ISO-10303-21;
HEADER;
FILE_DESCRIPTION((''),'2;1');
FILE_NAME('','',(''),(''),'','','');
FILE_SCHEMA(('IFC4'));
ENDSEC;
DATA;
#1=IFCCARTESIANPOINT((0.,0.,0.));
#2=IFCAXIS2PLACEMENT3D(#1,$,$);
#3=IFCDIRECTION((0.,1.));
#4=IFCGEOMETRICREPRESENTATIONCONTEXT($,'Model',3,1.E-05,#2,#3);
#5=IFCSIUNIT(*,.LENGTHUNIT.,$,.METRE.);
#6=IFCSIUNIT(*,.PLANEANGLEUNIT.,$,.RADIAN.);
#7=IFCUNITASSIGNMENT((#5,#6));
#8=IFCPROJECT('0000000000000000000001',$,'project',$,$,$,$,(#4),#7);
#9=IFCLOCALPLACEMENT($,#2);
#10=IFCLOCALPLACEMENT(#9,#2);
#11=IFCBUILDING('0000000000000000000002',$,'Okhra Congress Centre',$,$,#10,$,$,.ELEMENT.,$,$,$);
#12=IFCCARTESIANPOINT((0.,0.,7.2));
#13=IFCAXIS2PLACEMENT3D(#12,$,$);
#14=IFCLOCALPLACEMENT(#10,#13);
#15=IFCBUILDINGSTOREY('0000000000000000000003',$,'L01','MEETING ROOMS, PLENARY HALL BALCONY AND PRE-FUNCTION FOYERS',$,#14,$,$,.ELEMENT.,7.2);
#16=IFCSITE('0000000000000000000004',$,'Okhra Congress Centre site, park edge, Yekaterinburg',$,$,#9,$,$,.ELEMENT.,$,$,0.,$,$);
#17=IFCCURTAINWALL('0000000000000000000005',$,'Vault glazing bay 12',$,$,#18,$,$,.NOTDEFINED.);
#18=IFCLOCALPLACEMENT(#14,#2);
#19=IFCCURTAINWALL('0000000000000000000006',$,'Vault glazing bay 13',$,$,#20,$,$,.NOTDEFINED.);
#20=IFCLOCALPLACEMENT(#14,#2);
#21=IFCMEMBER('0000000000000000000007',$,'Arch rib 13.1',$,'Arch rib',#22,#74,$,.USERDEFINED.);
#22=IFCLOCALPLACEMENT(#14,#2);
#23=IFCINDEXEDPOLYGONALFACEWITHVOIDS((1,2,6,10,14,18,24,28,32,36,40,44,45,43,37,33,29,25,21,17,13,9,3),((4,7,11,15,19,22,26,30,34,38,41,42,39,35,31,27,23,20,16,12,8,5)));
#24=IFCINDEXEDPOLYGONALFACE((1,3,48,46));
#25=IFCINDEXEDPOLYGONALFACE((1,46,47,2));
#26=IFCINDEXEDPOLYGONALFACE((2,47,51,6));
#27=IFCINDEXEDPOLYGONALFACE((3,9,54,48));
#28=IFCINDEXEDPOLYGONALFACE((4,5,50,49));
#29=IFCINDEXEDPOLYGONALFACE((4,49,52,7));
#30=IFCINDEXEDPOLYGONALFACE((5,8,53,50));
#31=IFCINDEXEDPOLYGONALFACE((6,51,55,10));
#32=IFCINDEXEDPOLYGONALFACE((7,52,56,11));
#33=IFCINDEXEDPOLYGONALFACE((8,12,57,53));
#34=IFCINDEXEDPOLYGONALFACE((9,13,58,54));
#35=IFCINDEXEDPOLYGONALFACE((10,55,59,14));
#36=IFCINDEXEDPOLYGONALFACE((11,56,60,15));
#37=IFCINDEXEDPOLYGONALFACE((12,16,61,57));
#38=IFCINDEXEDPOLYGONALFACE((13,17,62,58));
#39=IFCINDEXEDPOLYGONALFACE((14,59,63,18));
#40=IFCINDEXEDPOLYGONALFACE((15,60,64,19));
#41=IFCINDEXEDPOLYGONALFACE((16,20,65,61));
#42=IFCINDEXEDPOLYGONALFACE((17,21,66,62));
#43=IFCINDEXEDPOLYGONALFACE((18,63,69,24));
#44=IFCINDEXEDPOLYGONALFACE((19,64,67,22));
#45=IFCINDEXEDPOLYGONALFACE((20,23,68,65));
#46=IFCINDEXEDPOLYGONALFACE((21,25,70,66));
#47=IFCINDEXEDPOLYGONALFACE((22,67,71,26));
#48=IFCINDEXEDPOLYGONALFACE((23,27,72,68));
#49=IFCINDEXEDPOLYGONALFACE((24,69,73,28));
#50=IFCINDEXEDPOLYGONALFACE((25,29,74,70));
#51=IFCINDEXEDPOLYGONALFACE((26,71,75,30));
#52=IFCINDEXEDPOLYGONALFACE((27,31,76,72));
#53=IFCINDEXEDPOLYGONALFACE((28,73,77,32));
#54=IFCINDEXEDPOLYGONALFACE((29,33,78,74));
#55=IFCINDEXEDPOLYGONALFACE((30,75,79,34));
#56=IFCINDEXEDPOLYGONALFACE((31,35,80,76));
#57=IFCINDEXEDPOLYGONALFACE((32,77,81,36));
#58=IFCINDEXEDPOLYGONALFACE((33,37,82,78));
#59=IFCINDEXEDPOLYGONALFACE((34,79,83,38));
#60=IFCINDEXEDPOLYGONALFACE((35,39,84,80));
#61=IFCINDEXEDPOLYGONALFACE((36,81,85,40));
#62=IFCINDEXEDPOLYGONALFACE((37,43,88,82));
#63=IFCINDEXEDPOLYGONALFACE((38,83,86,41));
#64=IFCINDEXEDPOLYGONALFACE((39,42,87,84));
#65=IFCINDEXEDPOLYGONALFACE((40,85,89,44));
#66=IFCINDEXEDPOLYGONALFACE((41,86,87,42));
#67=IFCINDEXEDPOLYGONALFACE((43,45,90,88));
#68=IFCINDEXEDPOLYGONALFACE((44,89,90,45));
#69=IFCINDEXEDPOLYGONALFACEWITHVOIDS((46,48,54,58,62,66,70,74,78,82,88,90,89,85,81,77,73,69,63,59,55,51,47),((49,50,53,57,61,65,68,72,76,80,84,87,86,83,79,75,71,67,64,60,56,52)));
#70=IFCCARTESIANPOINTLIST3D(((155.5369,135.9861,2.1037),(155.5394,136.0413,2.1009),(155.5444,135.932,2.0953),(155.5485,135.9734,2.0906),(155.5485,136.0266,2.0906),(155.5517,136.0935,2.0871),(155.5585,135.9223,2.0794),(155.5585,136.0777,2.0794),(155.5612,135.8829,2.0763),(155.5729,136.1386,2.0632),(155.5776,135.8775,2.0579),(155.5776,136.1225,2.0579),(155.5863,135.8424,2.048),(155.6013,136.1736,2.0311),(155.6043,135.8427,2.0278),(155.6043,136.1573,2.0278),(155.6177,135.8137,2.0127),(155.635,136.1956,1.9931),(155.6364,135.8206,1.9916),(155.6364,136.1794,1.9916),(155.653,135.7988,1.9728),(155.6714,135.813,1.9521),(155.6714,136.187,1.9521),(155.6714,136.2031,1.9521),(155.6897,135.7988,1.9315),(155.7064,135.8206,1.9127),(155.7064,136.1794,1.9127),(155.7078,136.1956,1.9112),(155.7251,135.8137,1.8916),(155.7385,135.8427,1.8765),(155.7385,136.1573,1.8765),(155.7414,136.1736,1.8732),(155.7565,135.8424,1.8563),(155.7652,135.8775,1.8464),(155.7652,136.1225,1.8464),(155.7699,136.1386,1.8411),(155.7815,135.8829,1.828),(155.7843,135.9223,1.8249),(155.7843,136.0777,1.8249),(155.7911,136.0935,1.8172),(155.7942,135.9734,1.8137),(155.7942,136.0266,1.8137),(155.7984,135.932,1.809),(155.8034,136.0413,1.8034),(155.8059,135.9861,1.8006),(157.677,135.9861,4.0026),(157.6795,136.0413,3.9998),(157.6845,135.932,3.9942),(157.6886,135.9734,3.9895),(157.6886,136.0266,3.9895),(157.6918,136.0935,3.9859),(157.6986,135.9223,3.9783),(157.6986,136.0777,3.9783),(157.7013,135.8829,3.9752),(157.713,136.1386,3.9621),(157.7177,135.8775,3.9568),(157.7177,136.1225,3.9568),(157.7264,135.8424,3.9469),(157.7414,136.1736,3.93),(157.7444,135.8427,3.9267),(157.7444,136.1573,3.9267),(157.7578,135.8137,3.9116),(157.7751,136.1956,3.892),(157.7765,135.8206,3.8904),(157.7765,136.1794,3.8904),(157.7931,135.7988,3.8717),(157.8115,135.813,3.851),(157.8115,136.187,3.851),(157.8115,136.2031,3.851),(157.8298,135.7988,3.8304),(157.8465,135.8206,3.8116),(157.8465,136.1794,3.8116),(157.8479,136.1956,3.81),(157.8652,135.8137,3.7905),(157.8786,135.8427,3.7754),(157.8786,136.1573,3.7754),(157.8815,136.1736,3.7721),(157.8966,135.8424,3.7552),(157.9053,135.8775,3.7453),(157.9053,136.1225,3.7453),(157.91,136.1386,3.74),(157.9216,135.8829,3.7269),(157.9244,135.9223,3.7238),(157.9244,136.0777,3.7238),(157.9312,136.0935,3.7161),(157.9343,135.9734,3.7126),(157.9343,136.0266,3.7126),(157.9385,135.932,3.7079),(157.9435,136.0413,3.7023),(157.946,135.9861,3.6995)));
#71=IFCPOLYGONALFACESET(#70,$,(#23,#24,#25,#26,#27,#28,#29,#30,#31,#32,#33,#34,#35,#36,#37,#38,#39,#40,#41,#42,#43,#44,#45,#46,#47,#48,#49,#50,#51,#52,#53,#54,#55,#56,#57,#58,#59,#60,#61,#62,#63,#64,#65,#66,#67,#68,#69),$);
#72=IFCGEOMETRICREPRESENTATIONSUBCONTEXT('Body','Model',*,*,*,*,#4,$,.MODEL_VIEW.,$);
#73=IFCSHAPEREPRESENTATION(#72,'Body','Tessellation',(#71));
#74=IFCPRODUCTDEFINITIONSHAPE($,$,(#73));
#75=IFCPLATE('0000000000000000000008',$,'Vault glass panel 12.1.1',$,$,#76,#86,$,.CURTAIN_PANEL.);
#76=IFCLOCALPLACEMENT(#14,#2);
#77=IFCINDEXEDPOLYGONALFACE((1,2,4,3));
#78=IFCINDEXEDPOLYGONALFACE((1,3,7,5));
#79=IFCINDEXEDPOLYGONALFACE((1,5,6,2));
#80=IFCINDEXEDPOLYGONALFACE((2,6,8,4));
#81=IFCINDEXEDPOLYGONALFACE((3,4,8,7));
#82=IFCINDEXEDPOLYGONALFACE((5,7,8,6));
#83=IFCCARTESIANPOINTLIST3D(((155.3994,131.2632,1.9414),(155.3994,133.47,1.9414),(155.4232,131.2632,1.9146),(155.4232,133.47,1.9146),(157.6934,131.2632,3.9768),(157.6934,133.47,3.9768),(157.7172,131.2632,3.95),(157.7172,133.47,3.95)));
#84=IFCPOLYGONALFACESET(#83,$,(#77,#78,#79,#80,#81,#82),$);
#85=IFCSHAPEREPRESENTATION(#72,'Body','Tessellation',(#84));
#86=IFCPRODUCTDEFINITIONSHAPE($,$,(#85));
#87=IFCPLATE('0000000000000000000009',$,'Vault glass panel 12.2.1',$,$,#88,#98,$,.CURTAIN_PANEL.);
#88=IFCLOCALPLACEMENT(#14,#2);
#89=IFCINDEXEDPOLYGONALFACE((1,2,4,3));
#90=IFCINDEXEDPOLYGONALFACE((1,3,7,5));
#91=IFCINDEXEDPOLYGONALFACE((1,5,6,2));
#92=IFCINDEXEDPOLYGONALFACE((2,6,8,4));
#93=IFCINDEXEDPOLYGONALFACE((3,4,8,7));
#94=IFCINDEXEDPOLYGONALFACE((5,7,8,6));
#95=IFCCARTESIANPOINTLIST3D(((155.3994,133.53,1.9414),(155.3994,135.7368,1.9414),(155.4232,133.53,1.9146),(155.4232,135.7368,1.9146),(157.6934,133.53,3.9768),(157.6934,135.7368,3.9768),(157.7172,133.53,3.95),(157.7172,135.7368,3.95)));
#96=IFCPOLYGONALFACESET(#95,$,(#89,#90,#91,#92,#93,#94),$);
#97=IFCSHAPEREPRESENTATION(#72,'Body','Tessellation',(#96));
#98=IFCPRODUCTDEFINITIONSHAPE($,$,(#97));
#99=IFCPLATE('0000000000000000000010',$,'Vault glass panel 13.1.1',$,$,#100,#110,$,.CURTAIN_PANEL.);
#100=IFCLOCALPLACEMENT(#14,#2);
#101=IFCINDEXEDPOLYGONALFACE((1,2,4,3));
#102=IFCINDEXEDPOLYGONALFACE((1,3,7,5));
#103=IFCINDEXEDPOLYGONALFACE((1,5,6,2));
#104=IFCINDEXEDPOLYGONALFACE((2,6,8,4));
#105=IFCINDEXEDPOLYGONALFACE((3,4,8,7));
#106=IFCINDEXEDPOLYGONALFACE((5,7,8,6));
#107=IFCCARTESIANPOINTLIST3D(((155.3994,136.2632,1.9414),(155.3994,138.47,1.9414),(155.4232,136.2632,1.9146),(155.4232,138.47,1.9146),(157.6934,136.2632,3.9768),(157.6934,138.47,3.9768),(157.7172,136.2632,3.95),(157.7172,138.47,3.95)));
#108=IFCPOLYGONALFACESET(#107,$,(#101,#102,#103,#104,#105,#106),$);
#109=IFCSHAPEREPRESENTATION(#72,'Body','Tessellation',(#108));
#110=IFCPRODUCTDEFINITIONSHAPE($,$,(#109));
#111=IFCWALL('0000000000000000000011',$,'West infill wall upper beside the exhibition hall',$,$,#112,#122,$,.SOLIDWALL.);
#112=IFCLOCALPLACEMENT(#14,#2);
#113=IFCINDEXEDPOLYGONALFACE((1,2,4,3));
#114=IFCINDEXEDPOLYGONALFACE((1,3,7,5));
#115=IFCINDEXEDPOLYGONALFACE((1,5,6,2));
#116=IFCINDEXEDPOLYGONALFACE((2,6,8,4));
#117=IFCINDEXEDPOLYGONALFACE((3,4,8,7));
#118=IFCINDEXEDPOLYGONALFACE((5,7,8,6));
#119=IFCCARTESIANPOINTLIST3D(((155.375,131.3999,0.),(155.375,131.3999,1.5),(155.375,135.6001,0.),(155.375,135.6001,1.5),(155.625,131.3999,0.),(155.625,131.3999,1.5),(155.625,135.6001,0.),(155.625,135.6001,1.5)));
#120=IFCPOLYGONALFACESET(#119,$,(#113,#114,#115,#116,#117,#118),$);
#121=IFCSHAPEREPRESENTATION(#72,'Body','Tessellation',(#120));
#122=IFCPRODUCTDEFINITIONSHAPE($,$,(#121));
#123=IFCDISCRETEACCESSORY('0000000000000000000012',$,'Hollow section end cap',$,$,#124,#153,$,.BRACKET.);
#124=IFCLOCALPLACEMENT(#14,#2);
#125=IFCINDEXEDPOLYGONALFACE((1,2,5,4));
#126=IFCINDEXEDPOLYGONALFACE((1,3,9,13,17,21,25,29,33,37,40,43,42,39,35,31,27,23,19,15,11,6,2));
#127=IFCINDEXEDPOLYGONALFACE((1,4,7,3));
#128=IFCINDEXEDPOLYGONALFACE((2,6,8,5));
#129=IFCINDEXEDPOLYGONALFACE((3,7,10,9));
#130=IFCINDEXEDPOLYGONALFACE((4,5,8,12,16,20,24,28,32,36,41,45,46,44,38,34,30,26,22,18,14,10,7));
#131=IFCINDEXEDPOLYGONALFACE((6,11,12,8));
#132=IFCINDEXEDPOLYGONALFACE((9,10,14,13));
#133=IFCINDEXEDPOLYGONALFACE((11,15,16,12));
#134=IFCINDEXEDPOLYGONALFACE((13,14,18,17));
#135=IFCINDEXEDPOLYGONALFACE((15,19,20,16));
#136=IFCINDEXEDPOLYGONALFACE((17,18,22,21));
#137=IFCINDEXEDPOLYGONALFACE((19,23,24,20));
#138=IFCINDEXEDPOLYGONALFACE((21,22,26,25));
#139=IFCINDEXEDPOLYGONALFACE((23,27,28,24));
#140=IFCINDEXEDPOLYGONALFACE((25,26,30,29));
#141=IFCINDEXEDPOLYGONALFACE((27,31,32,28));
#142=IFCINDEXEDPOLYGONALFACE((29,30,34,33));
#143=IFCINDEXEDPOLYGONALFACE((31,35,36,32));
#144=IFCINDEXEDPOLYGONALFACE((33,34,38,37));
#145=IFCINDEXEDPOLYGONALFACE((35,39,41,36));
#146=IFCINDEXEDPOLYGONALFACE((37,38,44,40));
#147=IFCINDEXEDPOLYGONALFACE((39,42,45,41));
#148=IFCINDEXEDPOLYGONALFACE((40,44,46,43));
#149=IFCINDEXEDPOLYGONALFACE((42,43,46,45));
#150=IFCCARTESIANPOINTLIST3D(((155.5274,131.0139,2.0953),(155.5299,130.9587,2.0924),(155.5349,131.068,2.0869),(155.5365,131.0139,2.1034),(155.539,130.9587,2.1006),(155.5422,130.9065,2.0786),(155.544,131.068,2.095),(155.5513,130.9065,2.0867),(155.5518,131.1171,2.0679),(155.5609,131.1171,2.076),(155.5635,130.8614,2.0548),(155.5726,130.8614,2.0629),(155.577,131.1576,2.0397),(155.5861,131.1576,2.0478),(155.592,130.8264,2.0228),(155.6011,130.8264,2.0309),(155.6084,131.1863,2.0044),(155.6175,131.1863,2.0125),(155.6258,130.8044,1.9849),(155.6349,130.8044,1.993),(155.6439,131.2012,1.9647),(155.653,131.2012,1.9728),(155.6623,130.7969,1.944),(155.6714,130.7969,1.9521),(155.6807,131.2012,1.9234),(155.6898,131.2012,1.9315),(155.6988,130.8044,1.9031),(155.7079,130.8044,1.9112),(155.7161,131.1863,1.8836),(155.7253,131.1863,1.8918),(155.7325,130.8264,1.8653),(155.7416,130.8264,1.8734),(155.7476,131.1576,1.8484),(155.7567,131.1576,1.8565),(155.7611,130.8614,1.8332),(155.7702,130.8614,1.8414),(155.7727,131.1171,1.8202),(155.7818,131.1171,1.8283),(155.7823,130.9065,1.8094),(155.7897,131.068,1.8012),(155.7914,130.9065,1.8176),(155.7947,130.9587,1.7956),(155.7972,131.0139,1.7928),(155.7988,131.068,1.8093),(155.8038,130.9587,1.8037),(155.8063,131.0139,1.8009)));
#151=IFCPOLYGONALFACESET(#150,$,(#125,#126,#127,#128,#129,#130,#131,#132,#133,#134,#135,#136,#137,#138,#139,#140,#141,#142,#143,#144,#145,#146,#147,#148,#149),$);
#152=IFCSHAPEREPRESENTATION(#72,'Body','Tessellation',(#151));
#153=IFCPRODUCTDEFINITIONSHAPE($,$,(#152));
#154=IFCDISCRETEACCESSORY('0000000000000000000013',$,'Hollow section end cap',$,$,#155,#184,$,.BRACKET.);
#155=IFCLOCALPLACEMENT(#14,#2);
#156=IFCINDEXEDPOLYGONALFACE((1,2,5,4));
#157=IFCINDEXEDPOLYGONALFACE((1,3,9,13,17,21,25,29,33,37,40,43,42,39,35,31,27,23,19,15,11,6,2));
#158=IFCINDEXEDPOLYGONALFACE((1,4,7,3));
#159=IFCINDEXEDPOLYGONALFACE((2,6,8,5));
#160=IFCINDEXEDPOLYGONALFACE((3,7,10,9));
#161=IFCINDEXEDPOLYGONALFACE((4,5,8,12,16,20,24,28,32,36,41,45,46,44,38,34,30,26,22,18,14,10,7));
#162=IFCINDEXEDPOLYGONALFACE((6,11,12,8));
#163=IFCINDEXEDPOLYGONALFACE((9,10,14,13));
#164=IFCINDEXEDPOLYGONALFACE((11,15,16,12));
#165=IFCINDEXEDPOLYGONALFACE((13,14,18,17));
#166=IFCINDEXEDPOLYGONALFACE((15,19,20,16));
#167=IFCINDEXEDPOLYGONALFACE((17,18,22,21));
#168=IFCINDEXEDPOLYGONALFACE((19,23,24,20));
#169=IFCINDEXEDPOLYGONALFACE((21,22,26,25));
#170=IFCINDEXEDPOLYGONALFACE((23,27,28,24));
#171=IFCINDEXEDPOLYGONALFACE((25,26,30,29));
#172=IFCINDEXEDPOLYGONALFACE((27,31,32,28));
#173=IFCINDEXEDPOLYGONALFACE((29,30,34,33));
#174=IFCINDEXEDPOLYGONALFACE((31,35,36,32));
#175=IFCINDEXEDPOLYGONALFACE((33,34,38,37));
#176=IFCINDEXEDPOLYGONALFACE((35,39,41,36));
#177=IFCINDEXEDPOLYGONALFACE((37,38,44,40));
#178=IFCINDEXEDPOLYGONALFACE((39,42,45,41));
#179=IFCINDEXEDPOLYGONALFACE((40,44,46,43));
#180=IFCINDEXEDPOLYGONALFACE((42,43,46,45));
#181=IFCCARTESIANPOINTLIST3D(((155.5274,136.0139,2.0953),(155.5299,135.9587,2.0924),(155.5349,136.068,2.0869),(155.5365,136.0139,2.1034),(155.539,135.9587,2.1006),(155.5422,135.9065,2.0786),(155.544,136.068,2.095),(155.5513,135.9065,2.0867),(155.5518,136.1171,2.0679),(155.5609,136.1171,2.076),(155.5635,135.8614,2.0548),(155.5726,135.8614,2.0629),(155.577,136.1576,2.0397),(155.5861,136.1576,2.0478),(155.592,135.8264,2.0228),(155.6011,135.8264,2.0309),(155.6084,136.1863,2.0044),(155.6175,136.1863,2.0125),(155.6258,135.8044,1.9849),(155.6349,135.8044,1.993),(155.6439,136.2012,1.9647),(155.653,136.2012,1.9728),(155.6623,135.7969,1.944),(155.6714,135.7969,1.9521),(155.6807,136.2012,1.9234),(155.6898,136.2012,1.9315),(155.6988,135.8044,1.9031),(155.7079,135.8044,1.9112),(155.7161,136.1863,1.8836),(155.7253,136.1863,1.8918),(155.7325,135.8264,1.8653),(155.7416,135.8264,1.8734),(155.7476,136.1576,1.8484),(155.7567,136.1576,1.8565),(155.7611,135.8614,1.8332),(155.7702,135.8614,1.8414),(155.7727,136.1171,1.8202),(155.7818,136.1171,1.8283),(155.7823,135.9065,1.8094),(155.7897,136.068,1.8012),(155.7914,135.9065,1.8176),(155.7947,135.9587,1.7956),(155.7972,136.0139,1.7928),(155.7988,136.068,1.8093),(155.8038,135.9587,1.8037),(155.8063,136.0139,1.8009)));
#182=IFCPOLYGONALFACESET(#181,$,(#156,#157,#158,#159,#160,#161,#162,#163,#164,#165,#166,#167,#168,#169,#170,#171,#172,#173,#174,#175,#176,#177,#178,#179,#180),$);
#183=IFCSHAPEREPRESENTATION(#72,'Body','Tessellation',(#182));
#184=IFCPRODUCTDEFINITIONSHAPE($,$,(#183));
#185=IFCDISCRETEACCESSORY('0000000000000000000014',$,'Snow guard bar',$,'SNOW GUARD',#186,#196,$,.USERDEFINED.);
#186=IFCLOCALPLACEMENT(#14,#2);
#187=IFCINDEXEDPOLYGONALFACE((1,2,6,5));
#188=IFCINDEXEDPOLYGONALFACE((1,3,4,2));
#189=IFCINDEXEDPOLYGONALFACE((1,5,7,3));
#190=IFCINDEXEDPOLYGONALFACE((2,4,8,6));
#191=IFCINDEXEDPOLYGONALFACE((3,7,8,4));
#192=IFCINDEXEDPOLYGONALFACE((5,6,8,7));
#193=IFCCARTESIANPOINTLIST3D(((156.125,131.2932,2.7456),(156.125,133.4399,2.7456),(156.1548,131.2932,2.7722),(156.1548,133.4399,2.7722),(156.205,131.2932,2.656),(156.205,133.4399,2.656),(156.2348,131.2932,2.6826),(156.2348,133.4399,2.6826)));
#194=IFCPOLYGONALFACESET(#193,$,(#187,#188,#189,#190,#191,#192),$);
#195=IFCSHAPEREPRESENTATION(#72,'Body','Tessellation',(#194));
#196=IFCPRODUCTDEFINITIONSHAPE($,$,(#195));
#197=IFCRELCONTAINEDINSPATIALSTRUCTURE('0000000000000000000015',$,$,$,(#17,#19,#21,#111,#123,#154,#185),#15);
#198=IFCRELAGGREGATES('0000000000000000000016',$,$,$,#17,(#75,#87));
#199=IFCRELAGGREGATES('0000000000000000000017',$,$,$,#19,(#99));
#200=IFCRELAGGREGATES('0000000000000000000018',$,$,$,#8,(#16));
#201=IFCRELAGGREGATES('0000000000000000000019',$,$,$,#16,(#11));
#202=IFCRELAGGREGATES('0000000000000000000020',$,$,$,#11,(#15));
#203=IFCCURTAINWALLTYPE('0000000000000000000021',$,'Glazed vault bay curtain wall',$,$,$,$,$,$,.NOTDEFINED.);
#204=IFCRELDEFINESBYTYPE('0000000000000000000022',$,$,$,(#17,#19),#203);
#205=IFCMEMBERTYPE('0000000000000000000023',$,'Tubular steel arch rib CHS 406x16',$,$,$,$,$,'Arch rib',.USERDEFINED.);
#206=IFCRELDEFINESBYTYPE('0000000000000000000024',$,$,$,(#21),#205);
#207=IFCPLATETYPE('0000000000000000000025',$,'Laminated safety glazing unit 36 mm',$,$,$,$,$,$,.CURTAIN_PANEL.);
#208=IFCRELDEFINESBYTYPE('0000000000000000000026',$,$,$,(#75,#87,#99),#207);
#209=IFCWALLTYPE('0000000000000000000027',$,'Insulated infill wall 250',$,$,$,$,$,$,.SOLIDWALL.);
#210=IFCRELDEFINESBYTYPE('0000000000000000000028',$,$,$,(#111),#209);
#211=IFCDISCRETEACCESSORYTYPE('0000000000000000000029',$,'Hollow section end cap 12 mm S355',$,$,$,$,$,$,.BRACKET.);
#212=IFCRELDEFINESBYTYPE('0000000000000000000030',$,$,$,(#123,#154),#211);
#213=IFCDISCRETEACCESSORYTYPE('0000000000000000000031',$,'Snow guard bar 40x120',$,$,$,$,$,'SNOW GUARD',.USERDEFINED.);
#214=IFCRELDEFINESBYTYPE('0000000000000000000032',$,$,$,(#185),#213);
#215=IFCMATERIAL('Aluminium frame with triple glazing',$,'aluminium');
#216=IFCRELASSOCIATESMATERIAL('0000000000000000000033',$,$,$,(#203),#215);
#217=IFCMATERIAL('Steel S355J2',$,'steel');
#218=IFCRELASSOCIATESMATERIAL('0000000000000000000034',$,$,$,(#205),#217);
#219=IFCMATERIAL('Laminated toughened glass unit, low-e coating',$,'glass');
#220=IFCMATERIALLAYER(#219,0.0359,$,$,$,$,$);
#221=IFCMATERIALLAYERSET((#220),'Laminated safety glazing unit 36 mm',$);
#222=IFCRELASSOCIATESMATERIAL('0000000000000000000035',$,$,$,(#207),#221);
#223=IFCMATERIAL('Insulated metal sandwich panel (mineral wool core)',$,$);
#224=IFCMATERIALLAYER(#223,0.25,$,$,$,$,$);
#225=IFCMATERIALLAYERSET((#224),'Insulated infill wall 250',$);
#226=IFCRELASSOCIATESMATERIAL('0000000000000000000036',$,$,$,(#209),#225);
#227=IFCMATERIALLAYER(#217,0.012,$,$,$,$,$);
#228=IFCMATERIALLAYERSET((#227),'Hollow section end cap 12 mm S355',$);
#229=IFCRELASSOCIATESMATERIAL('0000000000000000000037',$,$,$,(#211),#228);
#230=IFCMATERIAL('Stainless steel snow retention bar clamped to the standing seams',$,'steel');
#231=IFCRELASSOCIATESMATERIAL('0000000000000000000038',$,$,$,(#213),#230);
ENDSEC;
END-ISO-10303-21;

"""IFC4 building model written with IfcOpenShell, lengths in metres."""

from ifc_helpers import new_model, si_unit, direction, frame, frame_2d, origin, origin_2d, place, context, subcontext, project, spatial, polyline, rectangle, circle, hollow_circle, outline, extrude, material, layer, layer_set, material_profile, profile_set, type_object, element, aggregate, save


model = new_model("IFC4")

# Units and contexts
model_context = context("Model", 3, precision=1e-05, world=origin(), true_north=direction((0.0, 1.0)))
body_context = subcontext(model_context, "Body", "Model", "MODEL_VIEW")
ifc_project = project(units=[si_unit("LENGTHUNIT", "METRE"), si_unit("PLANEANGLEUNIT", "RADIAN")], contexts=[model_context])

# Site, building, storey
site_placement = place(None, origin())
site = spatial("IfcSite", under=ifc_project, at=site_placement, Name="Okhra Congress Centre site, park edge, Yekaterinburg", CompositionType="ELEMENT", RefElevation=0.0)
building_placement = place(site_placement, origin())
building = spatial("IfcBuilding", under=site, at=building_placement, Name="Okhra Congress Centre", CompositionType="ELEMENT")
storey_placement = place(building_placement, frame((0.0, 0.0, 7.2)))
storey = spatial("IfcBuildingStorey", under=building, at=storey_placement, Name="L01", Description="MEETING ROOMS, PLENARY HALL BALCONY AND PRE-FUNCTION FOYERS", CompositionType="ELEMENT", Elevation=7.2)

# Curtain walls
ifc_material_1 = material(Name="Aluminium frame with triple glazing", Category="aluminium")
curtain_wall_type = type_object("IfcCurtainWallType", Name="Glazed vault bay curtain wall", PredefinedType="NOTDEFINED", material=ifc_material_1)
curtain_wall_1_placement = place(storey_placement, origin())
curtain_wall_1 = element("IfcCurtainWall", 1, at=curtain_wall_1_placement, inside=storey, type_object=curtain_wall_type, Name="Vault glazing bay 12", PredefinedType="NOTDEFINED")
curtain_wall_2_placement = place(storey_placement, origin())
curtain_wall_2 = element("IfcCurtainWall", 2, at=curtain_wall_2_placement, inside=storey, type_object=curtain_wall_type, Name="Vault glazing bay 13", PredefinedType="NOTDEFINED")

# Shared definitions
ifc_material_2 = material(Name="Steel S355J2", Category="steel")

# Member
ifc_material_profile_1 = material_profile(ifc_material_2, hollow_circle(Radius=0.2031, WallThickness=0.0161, at=origin_2d()), Name="CHS 406.4x16")
ifc_profile_set_1 = profile_set([ifc_material_profile_1], Name="Steel S355J2")
member_type_1 = type_object("IfcMemberType", Name="Tubular steel arch rib CHS 406x16", ElementType="Arch rib", PredefinedType="USERDEFINED", material=ifc_profile_set_1)
member_1_placement = place(storey_placement, frame((155.6714, 136.0, 1.9521), z_axis=(0.748002, 0.0, 0.663696), x_axis=(0.0, 1.0, 0.0)))
element("IfcMember", 3, at=member_1_placement, inside=storey, type_object=member_type_1, Name="Arch rib 13.1", ObjectType="Arch rib", PredefinedType="USERDEFINED", context=body_context, shape_type="SweptSolid", body=[
    extrude(hollow_circle(Radius=0.2031, WallThickness=0.0161, at=origin_2d()), origin(), (0.0, 0.0, 1.0), 2.8611),
])

# Plates
ifc_material_3 = material(Name="Laminated toughened glass unit, low-e coating", Category="glass")
ifc_layer_1 = layer(ifc_material_3, 0.0359)
ifc_layer_set_1 = layer_set([ifc_layer_1], Name="Laminated safety glazing unit 36 mm")
plate_type = type_object("IfcPlateType", Name="Laminated safety glazing unit 36 mm", PredefinedType="CURTAIN_PANEL", material=ifc_layer_set_1)
plate_1_placement = place(storey_placement, frame((155.3994, 131.2632, 1.9414), z_axis=(-0.663697, 0.0, 0.748002), x_axis=(0.748002, 0.0, 0.663697)))
plate_1 = element("IfcPlate", 4, at=plate_1_placement, type_object=plate_type, Name="Vault glass panel 12.1.1", PredefinedType="CURTAIN_PANEL", context=body_context, shape_type="SweptSolid", body=[
    extrude(outline(polyline([(0.0, 0.0), (3.0668, 0.0), (3.0668, 2.2068), (0.0, 2.2068), (0.0, 0.0)])), origin(), (0.0, 0.0, -1.0), 0.0359),
])
plate_2_placement = place(storey_placement, frame((155.3994, 133.53, 1.9414), z_axis=(-0.663697, 0.0, 0.748002), x_axis=(0.748002, 0.0, 0.663697)))
plate_2 = element("IfcPlate", 5, at=plate_2_placement, type_object=plate_type, Name="Vault glass panel 12.2.1", PredefinedType="CURTAIN_PANEL", context=body_context, shape_type="SweptSolid", body=[
    extrude(outline(polyline([(0.0, 0.0), (3.0668, 0.0), (3.0668, 2.2068), (0.0, 2.2068), (0.0, 0.0)])), origin(), (0.0, 0.0, -1.0), 0.0359),
])
aggregate(curtain_wall_1, [plate_1, plate_2])
plate_3_placement = place(storey_placement, frame((155.3994, 136.2632, 1.9414), z_axis=(-0.663697, 0.0, 0.748002), x_axis=(0.748002, 0.0, 0.663697)))
plate_3 = element("IfcPlate", 6, at=plate_3_placement, type_object=plate_type, Name="Vault glass panel 13.1.1", PredefinedType="CURTAIN_PANEL", context=body_context, shape_type="SweptSolid", body=[
    extrude(outline(polyline([(0.0, 0.0), (3.0668, 0.0), (3.0668, 2.2068), (0.0, 2.2068), (0.0, 0.0)])), origin(), (0.0, 0.0, -1.0), 0.0359),
])
aggregate(curtain_wall_2, [plate_3])

# Wall
ifc_material_4 = material(Name="Insulated metal sandwich panel (mineral wool core)")
ifc_layer_2 = layer(ifc_material_4, 0.25)
ifc_layer_set_2 = layer_set([ifc_layer_2], Name="Insulated infill wall 250")
wall_type = type_object("IfcWallType", Name="Insulated infill wall 250", PredefinedType="SOLIDWALL", material=ifc_layer_set_2)
wall_placement = place(storey_placement, frame((155.5, 131.3999, 0.0), z_axis=(0.0, 0.0, 1.0), x_axis=(0.0, 1.0, 0.0)))
element("IfcWall", 7, at=wall_placement, inside=storey, type_object=wall_type, Name="West infill wall upper beside the exhibition hall", PredefinedType="SOLIDWALL", context=body_context, shape_type="SweptSolid", body=[
    extrude(rectangle(XDim=4.2002, YDim=0.25, at=frame_2d((2.1001, 0.0))), origin(), (0.0, 0.0, 1.0), 1.5),
])

# Discrete accessories
ifc_layer_3 = layer(ifc_material_2, 0.012)
ifc_layer_set_3 = layer_set([ifc_layer_3], Name="Hollow section end cap 12 mm S355")
discrete_accessory_type_1 = type_object("IfcDiscreteAccessoryType", Name="Hollow section end cap 12 mm S355", PredefinedType="BRACKET", material=ifc_layer_set_3)
for number, where, z_axis, x_axis, name in (
    (8, (155.6714, 131.0, 1.9521), (-0.746295, 0.0, -0.665615), (0.0, -1.0, 0.0), "Hollow section end cap"),
    (9, (155.6714, 136.0, 1.9521), (-0.746295, 0.0, -0.665615), (0.0, -1.0, 0.0), "Hollow section end cap"),
):
    element("IfcDiscreteAccessory", number, at=place(storey_placement, frame(where, z_axis=z_axis, x_axis=x_axis)), inside=storey, type_object=discrete_accessory_type_1, Name=name, PredefinedType="BRACKET", context=body_context, shape_type="SweptSolid", body=[
        extrude(circle(Radius=0.2031, at=origin_2d()), origin(), (0.0, 0.0, 1.0), 0.0122),
    ])
ifc_material_5 = material(Name="Stainless steel snow retention bar clamped to the standing seams", Category="steel")
discrete_accessory_type_2 = type_object("IfcDiscreteAccessoryType", Name="Snow guard bar 40x120", ElementType="SNOW GUARD", PredefinedType="USERDEFINED", material=ifc_material_5)
for number, where, z_axis, x_axis, name in (
    (10, (156.125, 131.2932, 2.7456), (-0.666259, 0.0, 0.745721), (0.745721, 0.0, 0.666259), "Snow guard bar"),
):
    element("IfcDiscreteAccessory", number, at=place(storey_placement, frame(where, z_axis=z_axis, x_axis=x_axis)), inside=storey, type_object=discrete_accessory_type_2, Name=name, ObjectType="SNOW GUARD", PredefinedType="USERDEFINED", context=body_context, shape_type="SweptSolid", body=[
        extrude(outline(polyline([(0.0, 0.0), (0.0399, 0.0), (0.0399, 2.1467), (0.0, 2.1467), (0.0, 0.0)])), origin(), (0.0, 0.0, -1.0), 0.1201),
    ])

save(model, "model.ifc")
